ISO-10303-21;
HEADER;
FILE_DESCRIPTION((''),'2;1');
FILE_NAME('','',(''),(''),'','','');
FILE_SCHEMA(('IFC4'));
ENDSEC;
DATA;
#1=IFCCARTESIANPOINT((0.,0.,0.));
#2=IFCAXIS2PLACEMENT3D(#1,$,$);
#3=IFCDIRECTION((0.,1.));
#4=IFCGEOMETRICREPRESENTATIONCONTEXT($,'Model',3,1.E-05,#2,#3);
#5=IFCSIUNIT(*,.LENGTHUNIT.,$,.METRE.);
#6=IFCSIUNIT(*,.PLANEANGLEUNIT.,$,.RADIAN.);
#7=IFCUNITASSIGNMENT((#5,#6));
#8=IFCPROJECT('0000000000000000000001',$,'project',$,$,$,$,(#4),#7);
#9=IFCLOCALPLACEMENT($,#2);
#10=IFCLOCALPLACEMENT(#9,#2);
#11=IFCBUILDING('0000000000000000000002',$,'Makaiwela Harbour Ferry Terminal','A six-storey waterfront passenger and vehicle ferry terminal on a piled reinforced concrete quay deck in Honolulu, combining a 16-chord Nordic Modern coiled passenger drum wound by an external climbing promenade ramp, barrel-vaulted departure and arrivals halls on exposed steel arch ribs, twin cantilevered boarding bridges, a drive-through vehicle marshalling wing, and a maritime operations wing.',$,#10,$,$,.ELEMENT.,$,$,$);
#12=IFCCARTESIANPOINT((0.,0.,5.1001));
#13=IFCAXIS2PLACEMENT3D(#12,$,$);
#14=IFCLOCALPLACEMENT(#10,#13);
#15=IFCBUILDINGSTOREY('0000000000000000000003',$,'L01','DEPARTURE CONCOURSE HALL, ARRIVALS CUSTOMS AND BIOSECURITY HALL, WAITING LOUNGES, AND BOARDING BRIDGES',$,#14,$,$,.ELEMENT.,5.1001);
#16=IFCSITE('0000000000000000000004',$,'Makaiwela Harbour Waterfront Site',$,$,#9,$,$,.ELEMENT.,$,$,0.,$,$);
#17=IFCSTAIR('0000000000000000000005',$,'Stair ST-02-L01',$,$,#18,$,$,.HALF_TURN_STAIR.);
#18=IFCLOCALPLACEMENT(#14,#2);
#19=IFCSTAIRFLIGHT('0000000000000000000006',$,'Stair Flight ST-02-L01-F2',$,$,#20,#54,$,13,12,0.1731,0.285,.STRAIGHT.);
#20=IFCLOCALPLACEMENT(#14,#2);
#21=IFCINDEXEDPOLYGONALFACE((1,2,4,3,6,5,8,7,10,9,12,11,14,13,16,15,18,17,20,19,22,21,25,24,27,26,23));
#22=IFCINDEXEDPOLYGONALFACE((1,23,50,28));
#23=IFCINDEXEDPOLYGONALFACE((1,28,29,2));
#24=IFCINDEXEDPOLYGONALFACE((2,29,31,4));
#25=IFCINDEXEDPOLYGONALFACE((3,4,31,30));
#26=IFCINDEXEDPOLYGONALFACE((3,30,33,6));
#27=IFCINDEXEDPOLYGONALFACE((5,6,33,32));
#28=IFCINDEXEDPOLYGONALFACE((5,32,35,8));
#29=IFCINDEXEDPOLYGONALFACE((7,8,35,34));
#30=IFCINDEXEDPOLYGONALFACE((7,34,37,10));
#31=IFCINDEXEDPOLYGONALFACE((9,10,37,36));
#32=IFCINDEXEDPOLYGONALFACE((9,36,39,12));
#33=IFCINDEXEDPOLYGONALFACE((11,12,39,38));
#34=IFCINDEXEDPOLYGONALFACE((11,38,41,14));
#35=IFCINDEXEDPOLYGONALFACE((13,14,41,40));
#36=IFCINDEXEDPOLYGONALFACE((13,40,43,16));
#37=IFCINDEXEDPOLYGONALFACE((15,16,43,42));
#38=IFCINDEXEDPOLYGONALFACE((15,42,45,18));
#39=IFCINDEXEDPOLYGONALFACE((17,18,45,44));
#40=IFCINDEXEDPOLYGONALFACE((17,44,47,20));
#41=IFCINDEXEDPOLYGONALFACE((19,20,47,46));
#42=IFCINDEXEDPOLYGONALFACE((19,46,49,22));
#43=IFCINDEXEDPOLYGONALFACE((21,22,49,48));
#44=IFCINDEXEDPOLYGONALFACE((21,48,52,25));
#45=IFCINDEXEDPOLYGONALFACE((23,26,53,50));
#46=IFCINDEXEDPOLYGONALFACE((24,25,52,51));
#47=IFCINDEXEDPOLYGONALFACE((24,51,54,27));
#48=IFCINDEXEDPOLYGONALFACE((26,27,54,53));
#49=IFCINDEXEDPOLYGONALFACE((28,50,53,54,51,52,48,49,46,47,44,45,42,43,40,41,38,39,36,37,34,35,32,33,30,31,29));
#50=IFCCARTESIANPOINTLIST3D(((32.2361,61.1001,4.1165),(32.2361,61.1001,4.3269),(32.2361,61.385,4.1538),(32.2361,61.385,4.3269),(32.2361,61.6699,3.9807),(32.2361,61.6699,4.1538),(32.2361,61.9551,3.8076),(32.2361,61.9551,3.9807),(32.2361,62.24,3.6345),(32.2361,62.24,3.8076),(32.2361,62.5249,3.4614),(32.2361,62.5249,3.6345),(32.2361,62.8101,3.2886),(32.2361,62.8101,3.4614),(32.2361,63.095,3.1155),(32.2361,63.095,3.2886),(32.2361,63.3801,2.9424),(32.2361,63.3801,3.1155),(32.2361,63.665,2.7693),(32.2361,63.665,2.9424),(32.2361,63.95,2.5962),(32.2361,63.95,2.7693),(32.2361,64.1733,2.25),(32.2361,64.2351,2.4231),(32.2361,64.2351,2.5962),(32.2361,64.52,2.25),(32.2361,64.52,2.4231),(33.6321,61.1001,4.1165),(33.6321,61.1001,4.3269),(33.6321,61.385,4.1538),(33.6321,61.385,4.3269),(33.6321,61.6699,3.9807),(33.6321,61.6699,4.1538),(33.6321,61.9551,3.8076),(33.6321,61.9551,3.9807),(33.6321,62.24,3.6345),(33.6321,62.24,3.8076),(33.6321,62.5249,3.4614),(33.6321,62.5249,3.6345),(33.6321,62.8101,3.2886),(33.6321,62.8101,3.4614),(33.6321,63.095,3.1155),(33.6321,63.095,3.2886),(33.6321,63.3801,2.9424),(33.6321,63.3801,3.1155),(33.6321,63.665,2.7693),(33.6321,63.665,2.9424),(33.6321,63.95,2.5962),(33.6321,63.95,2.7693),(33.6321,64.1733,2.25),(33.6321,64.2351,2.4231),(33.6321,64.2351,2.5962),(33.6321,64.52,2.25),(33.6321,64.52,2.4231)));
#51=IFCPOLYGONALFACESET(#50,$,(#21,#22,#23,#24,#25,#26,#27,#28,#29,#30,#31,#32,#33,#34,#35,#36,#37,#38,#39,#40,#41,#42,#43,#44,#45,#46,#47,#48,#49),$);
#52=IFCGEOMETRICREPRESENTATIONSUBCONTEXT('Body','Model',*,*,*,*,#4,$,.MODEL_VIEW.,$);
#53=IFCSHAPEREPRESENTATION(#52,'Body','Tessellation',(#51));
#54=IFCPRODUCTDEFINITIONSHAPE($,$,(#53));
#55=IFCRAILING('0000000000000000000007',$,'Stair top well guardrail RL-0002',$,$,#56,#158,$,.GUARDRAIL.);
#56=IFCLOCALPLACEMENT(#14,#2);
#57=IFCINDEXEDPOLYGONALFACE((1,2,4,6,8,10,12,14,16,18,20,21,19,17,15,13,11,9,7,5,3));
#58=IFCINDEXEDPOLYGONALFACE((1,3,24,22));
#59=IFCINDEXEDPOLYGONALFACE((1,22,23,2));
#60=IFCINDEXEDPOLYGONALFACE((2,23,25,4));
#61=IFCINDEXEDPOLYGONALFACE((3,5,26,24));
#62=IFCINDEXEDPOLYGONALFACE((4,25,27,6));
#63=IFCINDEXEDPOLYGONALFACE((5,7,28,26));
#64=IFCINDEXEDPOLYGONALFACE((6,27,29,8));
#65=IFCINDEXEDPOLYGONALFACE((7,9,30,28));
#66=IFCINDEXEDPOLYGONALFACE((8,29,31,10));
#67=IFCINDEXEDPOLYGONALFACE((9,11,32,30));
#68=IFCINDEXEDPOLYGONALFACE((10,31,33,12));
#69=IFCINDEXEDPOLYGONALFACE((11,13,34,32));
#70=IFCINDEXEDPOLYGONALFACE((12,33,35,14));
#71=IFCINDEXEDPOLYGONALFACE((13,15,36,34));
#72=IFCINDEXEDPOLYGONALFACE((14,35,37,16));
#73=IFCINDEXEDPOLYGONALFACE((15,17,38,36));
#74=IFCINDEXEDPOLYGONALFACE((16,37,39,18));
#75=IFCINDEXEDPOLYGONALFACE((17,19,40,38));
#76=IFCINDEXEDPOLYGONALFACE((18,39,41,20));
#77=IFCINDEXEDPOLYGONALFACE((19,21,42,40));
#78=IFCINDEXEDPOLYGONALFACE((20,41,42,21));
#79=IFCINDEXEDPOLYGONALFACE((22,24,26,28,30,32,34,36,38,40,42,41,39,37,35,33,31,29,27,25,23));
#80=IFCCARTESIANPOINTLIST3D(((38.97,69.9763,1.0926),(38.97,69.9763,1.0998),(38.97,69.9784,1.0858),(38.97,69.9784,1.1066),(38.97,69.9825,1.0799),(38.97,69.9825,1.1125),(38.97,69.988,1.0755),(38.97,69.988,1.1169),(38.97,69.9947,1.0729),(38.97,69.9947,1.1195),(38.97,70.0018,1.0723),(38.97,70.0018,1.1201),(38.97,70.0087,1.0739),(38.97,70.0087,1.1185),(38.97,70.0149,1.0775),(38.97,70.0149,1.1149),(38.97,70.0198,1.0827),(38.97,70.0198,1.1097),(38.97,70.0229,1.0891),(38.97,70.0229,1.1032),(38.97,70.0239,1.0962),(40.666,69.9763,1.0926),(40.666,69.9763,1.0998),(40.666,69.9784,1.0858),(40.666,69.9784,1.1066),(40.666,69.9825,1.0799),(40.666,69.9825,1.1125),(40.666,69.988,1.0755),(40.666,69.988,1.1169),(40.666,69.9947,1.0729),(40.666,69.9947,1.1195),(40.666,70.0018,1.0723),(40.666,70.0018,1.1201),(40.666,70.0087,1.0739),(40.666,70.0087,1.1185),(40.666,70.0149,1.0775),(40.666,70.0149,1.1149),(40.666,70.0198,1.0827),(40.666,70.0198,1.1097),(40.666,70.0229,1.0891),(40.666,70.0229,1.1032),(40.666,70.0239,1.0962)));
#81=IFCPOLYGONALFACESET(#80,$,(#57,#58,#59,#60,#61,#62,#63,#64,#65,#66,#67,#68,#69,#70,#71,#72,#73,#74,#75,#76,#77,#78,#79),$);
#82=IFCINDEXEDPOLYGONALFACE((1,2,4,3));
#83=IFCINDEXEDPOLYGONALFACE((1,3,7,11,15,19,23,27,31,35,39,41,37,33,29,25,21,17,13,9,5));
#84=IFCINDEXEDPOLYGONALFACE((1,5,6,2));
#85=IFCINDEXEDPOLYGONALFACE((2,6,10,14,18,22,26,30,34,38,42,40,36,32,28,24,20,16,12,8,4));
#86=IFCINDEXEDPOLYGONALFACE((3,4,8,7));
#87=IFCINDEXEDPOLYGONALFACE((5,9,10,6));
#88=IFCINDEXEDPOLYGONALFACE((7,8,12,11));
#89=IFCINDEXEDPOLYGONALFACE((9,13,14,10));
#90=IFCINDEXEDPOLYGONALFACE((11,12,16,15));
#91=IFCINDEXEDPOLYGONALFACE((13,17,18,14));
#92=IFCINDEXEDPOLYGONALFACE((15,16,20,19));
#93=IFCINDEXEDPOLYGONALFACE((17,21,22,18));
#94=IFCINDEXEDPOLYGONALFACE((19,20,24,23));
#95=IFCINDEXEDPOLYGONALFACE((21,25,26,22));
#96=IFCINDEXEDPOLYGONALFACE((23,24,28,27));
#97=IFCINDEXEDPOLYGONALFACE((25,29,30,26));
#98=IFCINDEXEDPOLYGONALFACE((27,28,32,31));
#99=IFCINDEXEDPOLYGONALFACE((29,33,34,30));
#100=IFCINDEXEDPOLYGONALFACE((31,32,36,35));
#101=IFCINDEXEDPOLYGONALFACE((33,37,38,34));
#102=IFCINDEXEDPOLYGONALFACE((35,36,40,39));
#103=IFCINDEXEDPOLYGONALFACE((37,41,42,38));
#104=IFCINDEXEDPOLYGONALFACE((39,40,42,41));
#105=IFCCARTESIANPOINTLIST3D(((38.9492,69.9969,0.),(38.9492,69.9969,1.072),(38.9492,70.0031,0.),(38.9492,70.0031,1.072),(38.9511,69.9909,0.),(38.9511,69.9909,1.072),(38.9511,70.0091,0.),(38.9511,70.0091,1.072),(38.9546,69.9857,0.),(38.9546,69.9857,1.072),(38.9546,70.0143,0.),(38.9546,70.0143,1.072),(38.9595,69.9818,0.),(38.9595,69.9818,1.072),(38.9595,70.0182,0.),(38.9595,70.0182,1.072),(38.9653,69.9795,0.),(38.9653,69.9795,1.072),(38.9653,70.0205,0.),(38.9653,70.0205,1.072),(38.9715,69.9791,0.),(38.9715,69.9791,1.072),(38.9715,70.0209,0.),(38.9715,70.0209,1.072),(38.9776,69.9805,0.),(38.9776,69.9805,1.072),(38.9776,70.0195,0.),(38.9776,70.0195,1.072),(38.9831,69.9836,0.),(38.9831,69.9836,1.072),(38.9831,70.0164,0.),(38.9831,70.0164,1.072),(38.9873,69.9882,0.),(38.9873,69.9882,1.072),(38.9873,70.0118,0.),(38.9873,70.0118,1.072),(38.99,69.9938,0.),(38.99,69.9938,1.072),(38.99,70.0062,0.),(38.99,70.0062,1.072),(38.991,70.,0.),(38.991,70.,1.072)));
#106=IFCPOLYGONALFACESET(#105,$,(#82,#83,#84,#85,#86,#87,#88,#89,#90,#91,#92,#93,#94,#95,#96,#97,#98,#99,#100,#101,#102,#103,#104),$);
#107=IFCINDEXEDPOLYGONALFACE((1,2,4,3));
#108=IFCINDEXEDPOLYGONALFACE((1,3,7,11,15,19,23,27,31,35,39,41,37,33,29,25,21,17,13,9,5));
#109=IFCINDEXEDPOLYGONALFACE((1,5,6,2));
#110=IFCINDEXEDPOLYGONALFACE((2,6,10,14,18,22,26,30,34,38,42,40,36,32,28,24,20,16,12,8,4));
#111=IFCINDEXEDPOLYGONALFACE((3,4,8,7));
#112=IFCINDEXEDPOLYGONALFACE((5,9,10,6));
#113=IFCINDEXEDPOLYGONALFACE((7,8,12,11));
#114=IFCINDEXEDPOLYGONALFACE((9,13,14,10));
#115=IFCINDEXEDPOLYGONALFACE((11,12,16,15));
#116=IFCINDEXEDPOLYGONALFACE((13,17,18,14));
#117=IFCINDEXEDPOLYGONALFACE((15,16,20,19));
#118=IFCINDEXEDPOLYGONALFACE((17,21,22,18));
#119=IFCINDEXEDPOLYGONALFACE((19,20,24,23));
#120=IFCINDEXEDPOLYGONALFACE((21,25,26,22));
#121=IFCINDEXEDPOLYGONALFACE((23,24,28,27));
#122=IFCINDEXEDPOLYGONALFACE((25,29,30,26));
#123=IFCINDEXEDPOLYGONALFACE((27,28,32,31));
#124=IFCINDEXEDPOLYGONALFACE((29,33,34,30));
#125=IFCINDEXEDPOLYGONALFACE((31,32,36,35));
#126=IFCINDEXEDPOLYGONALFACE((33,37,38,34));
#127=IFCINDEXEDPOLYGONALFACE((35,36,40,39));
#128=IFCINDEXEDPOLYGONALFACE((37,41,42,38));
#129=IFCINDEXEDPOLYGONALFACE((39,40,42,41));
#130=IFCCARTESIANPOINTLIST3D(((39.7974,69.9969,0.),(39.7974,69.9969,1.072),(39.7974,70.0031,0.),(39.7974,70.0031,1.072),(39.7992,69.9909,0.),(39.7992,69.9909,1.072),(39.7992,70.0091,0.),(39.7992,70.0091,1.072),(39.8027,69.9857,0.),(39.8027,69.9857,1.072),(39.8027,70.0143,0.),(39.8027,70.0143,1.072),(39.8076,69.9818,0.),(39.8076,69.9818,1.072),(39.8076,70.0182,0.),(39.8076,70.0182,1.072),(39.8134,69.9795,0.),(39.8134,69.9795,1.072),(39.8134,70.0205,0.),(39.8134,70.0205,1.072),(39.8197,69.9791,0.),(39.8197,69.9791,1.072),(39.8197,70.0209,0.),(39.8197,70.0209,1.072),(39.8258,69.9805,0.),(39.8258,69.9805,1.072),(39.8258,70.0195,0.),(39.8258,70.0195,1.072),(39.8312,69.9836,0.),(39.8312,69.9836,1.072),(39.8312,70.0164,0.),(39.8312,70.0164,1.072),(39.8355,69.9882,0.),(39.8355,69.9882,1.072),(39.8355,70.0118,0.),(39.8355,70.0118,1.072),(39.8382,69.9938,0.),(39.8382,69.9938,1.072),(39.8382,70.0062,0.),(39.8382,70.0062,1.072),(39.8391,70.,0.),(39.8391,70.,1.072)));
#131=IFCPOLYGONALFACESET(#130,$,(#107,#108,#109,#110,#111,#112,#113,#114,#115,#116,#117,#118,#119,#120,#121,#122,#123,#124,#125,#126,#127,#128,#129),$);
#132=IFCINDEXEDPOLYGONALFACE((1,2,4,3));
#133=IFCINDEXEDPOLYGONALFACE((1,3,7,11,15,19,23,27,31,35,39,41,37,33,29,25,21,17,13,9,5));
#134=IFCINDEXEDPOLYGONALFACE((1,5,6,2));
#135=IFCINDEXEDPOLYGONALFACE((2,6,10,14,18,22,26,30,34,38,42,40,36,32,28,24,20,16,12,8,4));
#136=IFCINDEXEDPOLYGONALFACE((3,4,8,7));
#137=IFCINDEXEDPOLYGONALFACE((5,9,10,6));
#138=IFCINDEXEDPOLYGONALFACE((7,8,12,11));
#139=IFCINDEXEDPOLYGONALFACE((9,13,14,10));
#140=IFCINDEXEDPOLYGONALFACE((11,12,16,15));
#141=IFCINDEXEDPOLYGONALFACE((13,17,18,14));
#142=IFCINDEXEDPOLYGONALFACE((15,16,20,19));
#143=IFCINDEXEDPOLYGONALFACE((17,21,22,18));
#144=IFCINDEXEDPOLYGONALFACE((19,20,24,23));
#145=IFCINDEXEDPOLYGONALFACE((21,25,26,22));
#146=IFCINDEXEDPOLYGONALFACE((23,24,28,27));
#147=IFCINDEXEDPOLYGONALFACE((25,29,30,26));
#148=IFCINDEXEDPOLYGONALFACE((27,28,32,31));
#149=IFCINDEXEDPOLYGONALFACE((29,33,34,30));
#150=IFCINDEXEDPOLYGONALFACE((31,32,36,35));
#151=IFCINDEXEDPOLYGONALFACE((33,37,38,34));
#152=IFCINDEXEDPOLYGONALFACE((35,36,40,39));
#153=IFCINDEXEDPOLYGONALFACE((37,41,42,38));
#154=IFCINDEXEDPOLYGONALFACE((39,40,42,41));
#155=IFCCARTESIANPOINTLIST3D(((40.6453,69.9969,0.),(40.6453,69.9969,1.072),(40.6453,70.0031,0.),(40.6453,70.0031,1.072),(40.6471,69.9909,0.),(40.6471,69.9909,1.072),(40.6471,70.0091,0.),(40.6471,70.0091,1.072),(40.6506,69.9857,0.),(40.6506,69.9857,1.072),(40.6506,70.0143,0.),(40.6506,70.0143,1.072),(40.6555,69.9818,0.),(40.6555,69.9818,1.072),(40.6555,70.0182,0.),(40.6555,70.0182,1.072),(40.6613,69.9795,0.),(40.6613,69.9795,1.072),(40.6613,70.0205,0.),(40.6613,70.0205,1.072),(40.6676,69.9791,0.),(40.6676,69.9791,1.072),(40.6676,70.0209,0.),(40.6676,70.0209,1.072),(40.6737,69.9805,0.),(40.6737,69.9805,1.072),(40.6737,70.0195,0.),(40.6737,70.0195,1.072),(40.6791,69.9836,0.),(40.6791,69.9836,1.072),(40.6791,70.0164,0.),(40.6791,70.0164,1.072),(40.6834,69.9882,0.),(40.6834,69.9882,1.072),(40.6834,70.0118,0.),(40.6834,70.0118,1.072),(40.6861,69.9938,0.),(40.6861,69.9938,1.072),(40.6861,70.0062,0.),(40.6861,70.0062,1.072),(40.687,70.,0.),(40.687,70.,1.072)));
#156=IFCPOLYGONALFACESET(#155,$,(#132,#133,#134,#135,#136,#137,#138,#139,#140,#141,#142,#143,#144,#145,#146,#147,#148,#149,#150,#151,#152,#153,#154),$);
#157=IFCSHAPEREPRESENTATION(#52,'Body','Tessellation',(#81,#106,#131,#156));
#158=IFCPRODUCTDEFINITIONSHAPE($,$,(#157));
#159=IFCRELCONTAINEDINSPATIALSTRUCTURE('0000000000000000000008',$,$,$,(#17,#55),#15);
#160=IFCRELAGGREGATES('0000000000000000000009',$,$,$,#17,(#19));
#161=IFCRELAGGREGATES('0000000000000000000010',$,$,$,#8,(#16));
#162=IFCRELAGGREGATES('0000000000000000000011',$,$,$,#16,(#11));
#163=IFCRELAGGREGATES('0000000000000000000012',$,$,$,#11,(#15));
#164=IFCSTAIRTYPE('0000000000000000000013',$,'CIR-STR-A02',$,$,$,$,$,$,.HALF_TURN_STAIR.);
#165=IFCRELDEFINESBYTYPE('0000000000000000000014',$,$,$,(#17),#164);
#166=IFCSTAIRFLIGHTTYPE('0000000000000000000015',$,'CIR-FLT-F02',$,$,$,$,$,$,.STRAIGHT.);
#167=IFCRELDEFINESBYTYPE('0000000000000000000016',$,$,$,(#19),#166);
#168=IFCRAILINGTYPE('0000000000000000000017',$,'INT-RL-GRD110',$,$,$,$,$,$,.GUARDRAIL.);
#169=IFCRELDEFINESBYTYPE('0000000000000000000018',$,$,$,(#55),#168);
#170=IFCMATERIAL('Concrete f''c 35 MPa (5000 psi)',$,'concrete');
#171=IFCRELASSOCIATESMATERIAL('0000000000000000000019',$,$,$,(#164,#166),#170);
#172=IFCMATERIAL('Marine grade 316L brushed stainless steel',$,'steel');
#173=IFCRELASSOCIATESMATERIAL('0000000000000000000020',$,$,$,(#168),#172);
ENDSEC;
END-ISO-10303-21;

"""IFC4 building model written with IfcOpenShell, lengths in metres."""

from ifc_helpers import new_model, si_unit, direction, frame, origin, origin_2d, place, context, subcontext, project, spatial, polyline, circle, outline, extrude, material, type_object, element, aggregate, save


model = new_model("IFC4")

# Units and contexts
model_context = context("Model", 3, precision=1e-05, world=origin(), true_north=direction((0.0, 1.0)))
body_context = subcontext(model_context, "Body", "Model", "MODEL_VIEW")
ifc_project = project(units=[si_unit("LENGTHUNIT", "METRE"), si_unit("PLANEANGLEUNIT", "RADIAN")], contexts=[model_context])

# Site, building, storey
site_placement = place(None, origin())
site = spatial("IfcSite", under=ifc_project, at=site_placement, Name="Makaiwela Harbour Waterfront Site", CompositionType="ELEMENT", RefElevation=0.0)
building_placement = place(site_placement, origin())
building = spatial("IfcBuilding", under=site, at=building_placement, Name="Makaiwela Harbour Ferry Terminal", Description="A six-storey waterfront passenger and vehicle ferry terminal on a piled reinforced concrete quay deck in Honolulu, combining a 16-chord Nordic Modern coiled passenger drum wound by an external climbing promenade ramp, barrel-vaulted departure and arrivals halls on exposed steel arch ribs, twin cantilevered boarding bridges, a drive-through vehicle marshalling wing, and a maritime operations wing.", CompositionType="ELEMENT")
storey_placement = place(building_placement, frame((0.0, 0.0, 5.1001)))
storey = spatial("IfcBuildingStorey", under=building, at=storey_placement, Name="L01", Description="DEPARTURE CONCOURSE HALL, ARRIVALS CUSTOMS AND BIOSECURITY HALL, WAITING LOUNGES, AND BOARDING BRIDGES", CompositionType="ELEMENT", Elevation=5.1001)

# Shared definitions
ifc_material_1 = material(Name="Marine grade 316L brushed stainless steel", Category="steel")

# Stair, stair flight
ifc_material_2 = material(Name="Concrete f'c 35 MPa (5000 psi)", Category="concrete")
stair_type = type_object("IfcStairType", Name="CIR-STR-A02", PredefinedType="HALF_TURN_STAIR", material=ifc_material_2)
stair_flight_type = type_object("IfcStairFlightType", Name="CIR-FLT-F02", PredefinedType="STRAIGHT", material=ifc_material_2)
stair_1_placement = place(storey_placement, origin())
stair_1 = element("IfcStair", 1, at=stair_1_placement, inside=storey, type_object=stair_type, Name="Stair ST-02-L01", PredefinedType="HALF_TURN_STAIR")
stair_flight_1_placement = place(storey_placement, frame((32.9341, 64.52, 2.25), z_axis=(0.0, 0.0, 1.0), x_axis=(0.0, -1.0, 0.0)))
stair_flight_1 = element("IfcStairFlight", 2, at=stair_flight_1_placement, type_object=stair_flight_type, Name="Stair Flight ST-02-L01-F2", NumberOfRisers=13, NumberOfTreads=12, PredefinedType="STRAIGHT", RiserHeight=0.1731, TreadLength=0.285, context=body_context, shape_type="SweptSolid", body=[
    extrude(outline(polyline([(0.0, 0.0), (0.0, 0.1731), (0.2849, 0.1731), (0.2849, 0.3462), (0.5701, 0.3462), (0.5701, 0.5193), (0.855, 0.5193), (0.855, 0.6924), (1.1399, 0.6924), (1.1399, 0.8655), (1.425, 0.8655), (1.425, 1.0386), (1.71, 1.0386), (1.71, 1.2114), (1.9951, 1.2114), (1.9951, 1.3845), (2.28, 1.3845), (2.28, 1.5576), (2.5649, 1.5576), (2.5649, 1.7307), (2.8501, 1.7307), (2.8501, 1.9038), (3.135, 1.9038), (3.135, 2.0769), (3.4199, 2.0769), (3.4199, 2.25), (3.4199, 1.8665), (0.3467, 0.0), (0.0, 0.0)])), frame((0.0, 0.698, 0.0), z_axis=(0.0, -1.0, 0.0), x_axis=(1.0, 0.0, 0.0)), (0.0, 0.0, 1.0), 1.396),
])
aggregate(stair_1, [stair_flight_1])

# Railing
railing_type_1 = type_object("IfcRailingType", Name="INT-RL-GRD110", PredefinedType="GUARDRAIL", material=ifc_material_1)
railing_1_placement = place(storey_placement, frame((38.97, 70.0, 0.0)))
element("IfcRailing", 3, at=railing_1_placement, inside=storey, type_object=railing_type_1, Name="Stair top well guardrail RL-0002", PredefinedType="GUARDRAIL", context=body_context, shape_type="SweptSolid", body=[
    extrude(circle(Radius=0.0239, at=origin_2d()), frame((0.0, 0.0, 1.0962), z_axis=(1.0, 0.0, 0.0), x_axis=(0.0, 1.0, 0.0)), (0.0, 0.0, 1.0), 1.696),
    extrude(circle(Radius=0.021, at=origin_2d()), origin(), (0.0, 0.0, 1.0), 1.072),
    extrude(circle(Radius=0.021, at=origin_2d()), frame((0.8481, 0.0, 0.0)), (0.0, 0.0, 1.0), 1.072),
    extrude(circle(Radius=0.021, at=origin_2d()), frame((1.696, 0.0, 0.0)), (0.0, 0.0, 1.0), 1.072),
])

save(model, "model.ifc")
